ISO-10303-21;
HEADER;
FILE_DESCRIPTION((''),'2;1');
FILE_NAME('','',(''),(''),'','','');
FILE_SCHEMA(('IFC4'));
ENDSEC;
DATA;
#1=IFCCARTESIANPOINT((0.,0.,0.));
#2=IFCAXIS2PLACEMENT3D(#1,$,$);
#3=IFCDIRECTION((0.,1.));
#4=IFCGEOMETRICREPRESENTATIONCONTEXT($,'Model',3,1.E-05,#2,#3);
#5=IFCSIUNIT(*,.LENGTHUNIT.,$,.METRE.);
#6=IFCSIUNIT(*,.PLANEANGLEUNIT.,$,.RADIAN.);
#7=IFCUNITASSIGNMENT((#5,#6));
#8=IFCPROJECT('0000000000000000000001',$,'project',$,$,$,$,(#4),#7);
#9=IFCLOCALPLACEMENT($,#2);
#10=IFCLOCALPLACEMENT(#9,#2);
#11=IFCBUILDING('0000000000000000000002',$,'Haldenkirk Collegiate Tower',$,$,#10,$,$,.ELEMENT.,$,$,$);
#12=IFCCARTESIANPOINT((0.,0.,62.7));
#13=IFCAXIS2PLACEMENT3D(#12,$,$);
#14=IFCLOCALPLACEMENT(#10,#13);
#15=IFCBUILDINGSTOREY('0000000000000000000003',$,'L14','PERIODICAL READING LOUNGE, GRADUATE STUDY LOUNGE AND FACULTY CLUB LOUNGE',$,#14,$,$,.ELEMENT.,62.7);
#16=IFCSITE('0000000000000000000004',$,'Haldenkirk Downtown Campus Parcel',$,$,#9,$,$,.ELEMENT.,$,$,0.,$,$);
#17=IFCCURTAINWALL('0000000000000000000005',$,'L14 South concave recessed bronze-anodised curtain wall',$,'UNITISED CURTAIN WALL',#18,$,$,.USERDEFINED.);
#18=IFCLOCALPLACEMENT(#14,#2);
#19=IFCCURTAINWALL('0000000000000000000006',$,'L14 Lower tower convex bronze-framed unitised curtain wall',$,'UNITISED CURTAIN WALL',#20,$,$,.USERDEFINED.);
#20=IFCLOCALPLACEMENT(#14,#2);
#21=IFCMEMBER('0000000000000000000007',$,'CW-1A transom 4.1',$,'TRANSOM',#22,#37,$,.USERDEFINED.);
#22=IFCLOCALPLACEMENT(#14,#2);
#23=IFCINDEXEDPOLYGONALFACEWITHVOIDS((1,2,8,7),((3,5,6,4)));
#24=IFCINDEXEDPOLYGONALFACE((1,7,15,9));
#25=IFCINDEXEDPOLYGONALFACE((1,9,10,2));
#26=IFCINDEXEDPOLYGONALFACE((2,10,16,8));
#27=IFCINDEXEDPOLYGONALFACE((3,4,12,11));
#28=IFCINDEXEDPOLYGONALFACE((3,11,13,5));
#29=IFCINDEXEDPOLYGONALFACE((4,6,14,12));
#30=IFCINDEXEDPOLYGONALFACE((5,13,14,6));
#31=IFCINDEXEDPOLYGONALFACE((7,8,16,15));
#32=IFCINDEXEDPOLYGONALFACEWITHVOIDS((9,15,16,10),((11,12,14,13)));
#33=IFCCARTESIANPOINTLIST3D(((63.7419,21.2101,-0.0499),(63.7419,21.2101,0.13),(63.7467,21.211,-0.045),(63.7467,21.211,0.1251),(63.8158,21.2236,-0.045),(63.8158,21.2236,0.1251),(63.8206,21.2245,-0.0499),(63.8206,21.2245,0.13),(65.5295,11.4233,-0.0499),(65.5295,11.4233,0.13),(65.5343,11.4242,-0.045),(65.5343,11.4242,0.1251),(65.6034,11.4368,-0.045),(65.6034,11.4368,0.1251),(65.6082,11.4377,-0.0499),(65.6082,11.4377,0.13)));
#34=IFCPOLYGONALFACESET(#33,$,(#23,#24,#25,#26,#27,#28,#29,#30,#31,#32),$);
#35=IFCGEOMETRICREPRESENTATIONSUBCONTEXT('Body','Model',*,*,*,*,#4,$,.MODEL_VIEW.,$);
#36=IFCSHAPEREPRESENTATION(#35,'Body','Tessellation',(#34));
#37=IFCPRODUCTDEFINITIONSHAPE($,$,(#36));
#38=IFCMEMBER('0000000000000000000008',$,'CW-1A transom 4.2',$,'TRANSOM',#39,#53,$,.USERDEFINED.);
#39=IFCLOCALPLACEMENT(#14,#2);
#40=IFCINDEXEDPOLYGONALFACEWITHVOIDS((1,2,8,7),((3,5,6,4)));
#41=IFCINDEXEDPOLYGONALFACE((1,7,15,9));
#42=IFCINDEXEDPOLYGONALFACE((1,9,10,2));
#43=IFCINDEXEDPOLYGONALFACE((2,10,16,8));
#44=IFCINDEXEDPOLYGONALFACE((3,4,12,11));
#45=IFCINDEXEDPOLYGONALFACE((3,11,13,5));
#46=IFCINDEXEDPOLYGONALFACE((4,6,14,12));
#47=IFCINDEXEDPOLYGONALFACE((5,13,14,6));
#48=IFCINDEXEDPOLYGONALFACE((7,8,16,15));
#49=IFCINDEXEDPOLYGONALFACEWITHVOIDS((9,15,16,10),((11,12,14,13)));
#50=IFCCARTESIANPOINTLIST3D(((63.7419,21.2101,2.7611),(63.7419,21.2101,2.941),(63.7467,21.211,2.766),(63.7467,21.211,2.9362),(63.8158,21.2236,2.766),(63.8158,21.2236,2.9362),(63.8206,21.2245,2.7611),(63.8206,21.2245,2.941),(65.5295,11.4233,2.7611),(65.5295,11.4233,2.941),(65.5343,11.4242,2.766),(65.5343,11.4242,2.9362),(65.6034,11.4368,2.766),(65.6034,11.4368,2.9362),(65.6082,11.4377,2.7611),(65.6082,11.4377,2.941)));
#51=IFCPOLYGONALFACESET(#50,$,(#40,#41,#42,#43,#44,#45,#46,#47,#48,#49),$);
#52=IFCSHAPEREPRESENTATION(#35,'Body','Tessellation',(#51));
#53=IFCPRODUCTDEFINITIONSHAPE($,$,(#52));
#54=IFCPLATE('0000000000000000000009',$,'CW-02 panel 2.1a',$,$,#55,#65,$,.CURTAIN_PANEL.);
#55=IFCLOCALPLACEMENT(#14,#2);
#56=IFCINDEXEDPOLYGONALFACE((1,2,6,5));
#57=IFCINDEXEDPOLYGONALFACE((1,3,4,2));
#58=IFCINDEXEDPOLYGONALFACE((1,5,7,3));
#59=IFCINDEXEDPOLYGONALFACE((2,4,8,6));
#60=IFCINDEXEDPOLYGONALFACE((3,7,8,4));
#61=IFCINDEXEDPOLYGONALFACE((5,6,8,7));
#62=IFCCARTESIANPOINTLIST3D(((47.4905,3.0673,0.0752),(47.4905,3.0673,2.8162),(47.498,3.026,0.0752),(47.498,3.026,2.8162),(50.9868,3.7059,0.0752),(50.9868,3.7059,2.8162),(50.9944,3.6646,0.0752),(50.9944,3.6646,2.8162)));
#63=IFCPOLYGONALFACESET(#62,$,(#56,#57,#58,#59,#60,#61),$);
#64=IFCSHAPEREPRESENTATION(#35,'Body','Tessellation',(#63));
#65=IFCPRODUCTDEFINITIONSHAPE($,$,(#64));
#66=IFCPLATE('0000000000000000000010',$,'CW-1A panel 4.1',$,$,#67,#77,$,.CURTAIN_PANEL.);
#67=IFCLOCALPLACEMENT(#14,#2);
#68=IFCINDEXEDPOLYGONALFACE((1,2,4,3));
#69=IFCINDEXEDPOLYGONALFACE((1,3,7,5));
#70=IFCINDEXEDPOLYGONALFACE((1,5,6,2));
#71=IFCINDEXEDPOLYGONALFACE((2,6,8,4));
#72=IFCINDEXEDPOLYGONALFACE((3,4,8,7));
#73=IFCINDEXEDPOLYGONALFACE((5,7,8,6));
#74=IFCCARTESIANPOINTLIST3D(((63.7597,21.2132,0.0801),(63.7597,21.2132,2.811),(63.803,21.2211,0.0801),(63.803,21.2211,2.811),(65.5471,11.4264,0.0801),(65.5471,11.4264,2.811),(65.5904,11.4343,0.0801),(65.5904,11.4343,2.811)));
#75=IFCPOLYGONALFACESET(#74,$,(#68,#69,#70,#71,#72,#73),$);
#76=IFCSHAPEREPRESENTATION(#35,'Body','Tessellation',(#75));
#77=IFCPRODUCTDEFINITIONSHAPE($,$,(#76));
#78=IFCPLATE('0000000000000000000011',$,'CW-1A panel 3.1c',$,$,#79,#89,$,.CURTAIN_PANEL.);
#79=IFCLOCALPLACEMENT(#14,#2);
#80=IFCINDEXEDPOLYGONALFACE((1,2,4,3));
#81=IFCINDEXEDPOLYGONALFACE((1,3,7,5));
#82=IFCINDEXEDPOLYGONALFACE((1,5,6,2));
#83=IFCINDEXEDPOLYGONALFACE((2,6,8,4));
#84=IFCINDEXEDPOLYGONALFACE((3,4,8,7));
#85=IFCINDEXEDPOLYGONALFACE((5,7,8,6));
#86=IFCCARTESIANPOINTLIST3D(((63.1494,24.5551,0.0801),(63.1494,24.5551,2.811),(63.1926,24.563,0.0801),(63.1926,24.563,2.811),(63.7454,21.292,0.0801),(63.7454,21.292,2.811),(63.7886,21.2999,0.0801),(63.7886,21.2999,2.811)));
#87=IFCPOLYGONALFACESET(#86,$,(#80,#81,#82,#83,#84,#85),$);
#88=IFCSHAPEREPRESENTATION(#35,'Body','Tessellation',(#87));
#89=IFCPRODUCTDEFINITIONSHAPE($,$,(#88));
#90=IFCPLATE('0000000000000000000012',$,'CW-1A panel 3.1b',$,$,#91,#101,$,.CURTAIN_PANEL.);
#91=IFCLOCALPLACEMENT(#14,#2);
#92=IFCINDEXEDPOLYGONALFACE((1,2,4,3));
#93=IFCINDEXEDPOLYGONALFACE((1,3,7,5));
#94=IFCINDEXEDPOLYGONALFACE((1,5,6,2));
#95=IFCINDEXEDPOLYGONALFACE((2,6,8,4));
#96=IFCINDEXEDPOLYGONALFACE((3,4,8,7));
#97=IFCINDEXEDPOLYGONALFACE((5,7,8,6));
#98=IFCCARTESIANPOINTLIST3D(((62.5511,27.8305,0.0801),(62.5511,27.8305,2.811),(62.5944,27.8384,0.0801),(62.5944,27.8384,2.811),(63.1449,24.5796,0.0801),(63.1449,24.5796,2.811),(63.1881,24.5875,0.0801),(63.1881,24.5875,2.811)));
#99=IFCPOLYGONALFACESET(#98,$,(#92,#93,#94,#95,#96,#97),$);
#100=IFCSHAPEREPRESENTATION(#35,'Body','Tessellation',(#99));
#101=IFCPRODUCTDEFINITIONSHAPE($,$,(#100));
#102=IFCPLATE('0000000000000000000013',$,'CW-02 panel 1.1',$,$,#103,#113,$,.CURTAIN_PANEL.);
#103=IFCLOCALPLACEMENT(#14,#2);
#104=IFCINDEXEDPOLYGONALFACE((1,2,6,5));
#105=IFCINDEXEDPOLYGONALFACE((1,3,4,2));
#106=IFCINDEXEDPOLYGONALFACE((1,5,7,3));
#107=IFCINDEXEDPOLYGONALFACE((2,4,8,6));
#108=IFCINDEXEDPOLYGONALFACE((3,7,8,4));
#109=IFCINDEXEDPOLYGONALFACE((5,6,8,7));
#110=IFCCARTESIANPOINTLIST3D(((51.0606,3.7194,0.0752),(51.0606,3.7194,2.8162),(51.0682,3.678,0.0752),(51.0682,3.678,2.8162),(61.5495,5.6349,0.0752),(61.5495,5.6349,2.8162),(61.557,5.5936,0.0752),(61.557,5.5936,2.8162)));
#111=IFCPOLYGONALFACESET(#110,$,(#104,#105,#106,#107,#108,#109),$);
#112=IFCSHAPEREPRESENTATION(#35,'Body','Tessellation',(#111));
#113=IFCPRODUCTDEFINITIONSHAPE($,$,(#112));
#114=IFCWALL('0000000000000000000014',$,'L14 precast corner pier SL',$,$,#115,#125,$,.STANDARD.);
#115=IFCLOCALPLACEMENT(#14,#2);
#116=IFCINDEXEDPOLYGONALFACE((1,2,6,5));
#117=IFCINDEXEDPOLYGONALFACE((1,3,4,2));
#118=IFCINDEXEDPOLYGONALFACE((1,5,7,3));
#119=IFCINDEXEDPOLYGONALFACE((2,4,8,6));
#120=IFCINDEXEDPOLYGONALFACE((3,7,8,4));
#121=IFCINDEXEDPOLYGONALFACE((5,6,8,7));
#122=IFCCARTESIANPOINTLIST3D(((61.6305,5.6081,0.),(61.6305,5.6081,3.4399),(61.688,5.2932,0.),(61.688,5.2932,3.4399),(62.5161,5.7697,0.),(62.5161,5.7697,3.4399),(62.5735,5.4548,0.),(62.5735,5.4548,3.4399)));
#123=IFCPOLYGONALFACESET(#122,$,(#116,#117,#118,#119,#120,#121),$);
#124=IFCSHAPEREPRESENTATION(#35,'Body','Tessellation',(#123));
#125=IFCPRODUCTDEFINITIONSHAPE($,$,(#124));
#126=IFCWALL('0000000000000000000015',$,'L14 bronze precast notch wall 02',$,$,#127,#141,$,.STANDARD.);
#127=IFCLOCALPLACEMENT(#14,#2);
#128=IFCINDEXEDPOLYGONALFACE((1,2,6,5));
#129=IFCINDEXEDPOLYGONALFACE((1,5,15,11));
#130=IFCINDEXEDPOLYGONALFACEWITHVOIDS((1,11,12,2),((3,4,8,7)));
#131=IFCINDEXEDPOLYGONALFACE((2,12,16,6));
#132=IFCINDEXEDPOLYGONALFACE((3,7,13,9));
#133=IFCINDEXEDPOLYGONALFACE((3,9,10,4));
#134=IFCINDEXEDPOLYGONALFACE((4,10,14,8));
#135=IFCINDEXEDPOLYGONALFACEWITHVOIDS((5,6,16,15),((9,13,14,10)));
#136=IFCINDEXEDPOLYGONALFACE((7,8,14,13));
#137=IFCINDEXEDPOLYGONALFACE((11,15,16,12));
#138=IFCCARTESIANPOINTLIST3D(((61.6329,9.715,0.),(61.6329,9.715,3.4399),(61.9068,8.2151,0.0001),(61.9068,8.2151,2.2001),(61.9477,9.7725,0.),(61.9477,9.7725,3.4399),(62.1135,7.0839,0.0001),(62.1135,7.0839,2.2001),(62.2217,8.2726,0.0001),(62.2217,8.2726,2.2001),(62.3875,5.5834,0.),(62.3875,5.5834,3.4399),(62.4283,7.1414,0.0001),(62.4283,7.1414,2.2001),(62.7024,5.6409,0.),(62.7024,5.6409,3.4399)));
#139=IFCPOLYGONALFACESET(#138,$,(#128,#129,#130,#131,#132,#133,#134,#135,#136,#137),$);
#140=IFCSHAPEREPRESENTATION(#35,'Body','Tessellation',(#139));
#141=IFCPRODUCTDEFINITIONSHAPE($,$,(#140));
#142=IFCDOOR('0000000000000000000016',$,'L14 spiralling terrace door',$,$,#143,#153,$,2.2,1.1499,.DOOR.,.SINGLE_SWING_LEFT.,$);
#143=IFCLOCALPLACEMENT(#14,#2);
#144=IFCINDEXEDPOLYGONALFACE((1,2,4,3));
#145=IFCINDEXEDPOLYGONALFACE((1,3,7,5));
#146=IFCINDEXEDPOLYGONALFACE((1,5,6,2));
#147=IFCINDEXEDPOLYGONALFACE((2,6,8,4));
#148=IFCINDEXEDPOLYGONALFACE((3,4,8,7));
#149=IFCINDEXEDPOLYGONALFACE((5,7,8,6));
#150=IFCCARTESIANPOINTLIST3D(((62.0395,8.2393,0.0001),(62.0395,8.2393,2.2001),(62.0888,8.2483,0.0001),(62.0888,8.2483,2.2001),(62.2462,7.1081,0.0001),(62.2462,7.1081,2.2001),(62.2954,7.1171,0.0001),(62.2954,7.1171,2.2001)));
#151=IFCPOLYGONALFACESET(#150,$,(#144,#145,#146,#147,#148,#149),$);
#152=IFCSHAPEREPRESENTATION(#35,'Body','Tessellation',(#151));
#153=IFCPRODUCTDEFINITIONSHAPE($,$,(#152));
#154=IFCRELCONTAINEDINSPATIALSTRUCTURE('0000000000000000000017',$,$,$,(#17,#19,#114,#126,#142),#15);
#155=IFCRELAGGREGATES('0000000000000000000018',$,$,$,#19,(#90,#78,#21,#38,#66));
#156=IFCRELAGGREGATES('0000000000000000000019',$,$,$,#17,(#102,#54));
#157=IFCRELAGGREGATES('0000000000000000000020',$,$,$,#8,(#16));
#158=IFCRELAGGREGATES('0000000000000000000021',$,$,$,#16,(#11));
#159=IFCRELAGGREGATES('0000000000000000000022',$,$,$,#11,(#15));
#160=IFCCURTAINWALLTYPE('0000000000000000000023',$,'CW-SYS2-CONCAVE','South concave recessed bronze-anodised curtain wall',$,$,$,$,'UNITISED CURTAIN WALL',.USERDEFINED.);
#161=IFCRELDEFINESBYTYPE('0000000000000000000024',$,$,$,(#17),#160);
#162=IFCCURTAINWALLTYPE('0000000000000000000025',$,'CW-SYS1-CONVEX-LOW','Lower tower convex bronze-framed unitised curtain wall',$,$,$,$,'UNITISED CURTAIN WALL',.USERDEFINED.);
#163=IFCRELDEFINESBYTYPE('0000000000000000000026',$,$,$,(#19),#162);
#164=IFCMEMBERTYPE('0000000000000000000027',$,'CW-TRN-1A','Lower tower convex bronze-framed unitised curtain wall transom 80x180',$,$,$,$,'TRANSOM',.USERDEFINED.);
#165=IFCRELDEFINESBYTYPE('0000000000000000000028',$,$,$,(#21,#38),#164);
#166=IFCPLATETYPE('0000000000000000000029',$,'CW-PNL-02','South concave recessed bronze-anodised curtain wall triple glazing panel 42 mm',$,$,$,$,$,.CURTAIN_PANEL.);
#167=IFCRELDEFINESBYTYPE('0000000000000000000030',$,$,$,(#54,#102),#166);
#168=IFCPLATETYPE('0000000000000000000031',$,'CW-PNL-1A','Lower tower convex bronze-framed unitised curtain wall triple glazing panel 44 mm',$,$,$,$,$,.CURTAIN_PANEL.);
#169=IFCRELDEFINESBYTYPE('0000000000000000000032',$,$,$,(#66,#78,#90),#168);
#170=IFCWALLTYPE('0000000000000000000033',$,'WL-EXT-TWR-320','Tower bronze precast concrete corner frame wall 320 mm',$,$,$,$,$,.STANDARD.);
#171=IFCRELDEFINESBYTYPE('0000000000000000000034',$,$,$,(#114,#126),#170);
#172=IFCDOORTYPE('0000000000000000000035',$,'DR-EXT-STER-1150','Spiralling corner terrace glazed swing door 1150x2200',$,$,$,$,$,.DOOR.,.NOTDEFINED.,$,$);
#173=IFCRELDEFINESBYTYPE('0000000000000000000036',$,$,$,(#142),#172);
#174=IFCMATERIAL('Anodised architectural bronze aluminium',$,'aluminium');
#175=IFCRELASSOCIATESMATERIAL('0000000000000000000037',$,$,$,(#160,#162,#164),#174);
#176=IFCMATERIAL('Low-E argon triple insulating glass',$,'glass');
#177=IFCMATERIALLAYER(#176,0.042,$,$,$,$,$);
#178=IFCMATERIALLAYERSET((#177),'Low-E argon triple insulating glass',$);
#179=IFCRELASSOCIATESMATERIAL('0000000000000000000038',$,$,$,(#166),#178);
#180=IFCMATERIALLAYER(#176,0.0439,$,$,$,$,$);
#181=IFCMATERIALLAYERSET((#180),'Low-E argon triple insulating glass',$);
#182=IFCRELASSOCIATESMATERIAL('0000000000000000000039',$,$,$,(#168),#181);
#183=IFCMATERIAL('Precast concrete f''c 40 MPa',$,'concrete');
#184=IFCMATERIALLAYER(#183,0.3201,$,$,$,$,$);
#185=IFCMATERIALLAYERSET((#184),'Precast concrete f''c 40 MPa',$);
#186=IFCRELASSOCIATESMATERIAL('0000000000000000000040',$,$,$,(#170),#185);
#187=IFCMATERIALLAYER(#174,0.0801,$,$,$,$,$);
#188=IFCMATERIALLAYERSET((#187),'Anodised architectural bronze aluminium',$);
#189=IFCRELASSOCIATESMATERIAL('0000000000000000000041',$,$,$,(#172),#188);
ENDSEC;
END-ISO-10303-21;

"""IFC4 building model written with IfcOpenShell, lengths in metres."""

from ifc_helpers import new_model, si_unit, direction, frame, frame_2d, origin, origin_2d, place, context, subcontext, project, spatial, rectangle, hollow_rectangle, extrude, source, transform, mapped, material, layer, layer_set, material_profile, profile_set, type_object, element, fill, aggregate, save


model = new_model("IFC4")

# Units and contexts
model_context = context("Model", 3, precision=1e-05, world=origin(), true_north=direction((0.0, 1.0)))
body_context = subcontext(model_context, "Body", "Model", "MODEL_VIEW")
ifc_project = project(units=[si_unit("LENGTHUNIT", "METRE"), si_unit("PLANEANGLEUNIT", "RADIAN")], contexts=[model_context])

# Site, building, storey
site_placement = place(None, origin())
site = spatial("IfcSite", under=ifc_project, at=site_placement, Name="Haldenkirk Downtown Campus Parcel", CompositionType="ELEMENT", RefElevation=0.0)
building_placement = place(site_placement, origin())
building = spatial("IfcBuilding", under=site, at=building_placement, Name="Haldenkirk Collegiate Tower", CompositionType="ELEMENT")
storey_placement = place(building_placement, frame((0.0, 0.0, 62.7)))
storey = spatial("IfcBuildingStorey", under=building, at=storey_placement, Name="L14", Description="PERIODICAL READING LOUNGE, GRADUATE STUDY LOUNGE AND FACULTY CLUB LOUNGE", CompositionType="ELEMENT", Elevation=62.7)

# Curtain walls
ifc_material_1 = material(Name="Anodised architectural bronze aluminium", Category="aluminium")
curtain_wall_type_1 = type_object("IfcCurtainWallType", Name="CW-SYS2-CONCAVE", Description="South concave recessed bronze-anodised curtain wall", ElementType="UNITISED CURTAIN WALL", PredefinedType="USERDEFINED", material=ifc_material_1)
curtain_wall_1_placement = place(storey_placement, origin())
curtain_wall_1 = element("IfcCurtainWall", 1, at=curtain_wall_1_placement, inside=storey, type_object=curtain_wall_type_1, Name="L14 South concave recessed bronze-anodised curtain wall", ObjectType="UNITISED CURTAIN WALL", PredefinedType="USERDEFINED")
curtain_wall_type_2 = type_object("IfcCurtainWallType", Name="CW-SYS1-CONVEX-LOW", Description="Lower tower convex bronze-framed unitised curtain wall", ElementType="UNITISED CURTAIN WALL", PredefinedType="USERDEFINED", material=ifc_material_1)
curtain_wall_2_placement = place(storey_placement, origin())
curtain_wall_2 = element("IfcCurtainWall", 2, at=curtain_wall_2_placement, inside=storey, type_object=curtain_wall_type_2, Name="L14 Lower tower convex bronze-framed unitised curtain wall", ObjectType="UNITISED CURTAIN WALL", PredefinedType="USERDEFINED")

# Members
ifc_material_profile_1 = material_profile(ifc_material_1, hollow_rectangle(XDim=0.0801, YDim=0.1799, WallThickness=0.0049, at=origin_2d()), Name="CW-TRN-1A")
ifc_profile_set_1 = profile_set([ifc_material_profile_1], Name="Anodised architectural bronze aluminium")
member_type_1 = type_object("IfcMemberType", Name="CW-TRN-1A", Description="Lower tower convex bronze-framed unitised curtain wall transom 80x180", ElementType="TRANSOM", PredefinedType="USERDEFINED", material=ifc_profile_set_1)
member_1_placement = place(storey_placement, frame((63.7812, 21.2173, 0.04), z_axis=(0.17968, -0.983725, 0.0), x_axis=(0.983725, 0.17968, 0.0)))
member_1 = element("IfcMember", 3, at=member_1_placement, type_object=member_type_1, Name="CW-1A transom 4.1", ObjectType="TRANSOM", PredefinedType="USERDEFINED", context=body_context, shape_type="SweptSolid", body=[
    extrude(hollow_rectangle(XDim=0.0801, YDim=0.1799, WallThickness=0.0049, at=origin_2d()), origin(), (0.0, 0.0, 1.0), 9.9487),
])
member_2_placement = place(storey_placement, frame((63.7812, 21.2173, 2.8511), z_axis=(0.17968, -0.983725, 0.0), x_axis=(0.983725, 0.17968, 0.0)))
member_2 = element("IfcMember", 4, at=member_2_placement, type_object=member_type_1, Name="CW-1A transom 4.2", ObjectType="TRANSOM", PredefinedType="USERDEFINED", context=body_context, shape_type="SweptSolid", body=[
    extrude(hollow_rectangle(XDim=0.0801, YDim=0.1799, WallThickness=0.0049, at=origin_2d()), origin(), (0.0, 0.0, 1.0), 9.9487),
])

# Plates
ifc_material_2 = material(Name="Low-E argon triple insulating glass", Category="glass")
ifc_layer_1 = layer(ifc_material_2, 0.042)
ifc_layer_set_1 = layer_set([ifc_layer_1], Name="Low-E argon triple insulating glass")
plate_type_1 = type_object("IfcPlateType", Name="CW-PNL-02", Description="South concave recessed bronze-anodised curtain wall triple glazing panel 42 mm", PredefinedType="CURTAIN_PANEL", material=ifc_layer_set_1)
shared_shape_1 = source(origin(), body_context, "Body", "SweptSolid", [
    extrude(rectangle(XDim=3.5542, YDim=0.042, at=origin_2d()), origin(), (0.0, 0.0, 1.0), 2.741),
])
plate_1_placement = place(storey_placement, frame((49.2424, 3.366, 0.0752), z_axis=(0.0, 0.0, 1.0), x_axis=(-0.983729, -0.179659, 0.0)))
plate_1 = element("IfcPlate", 5, at=plate_1_placement, type_object=plate_type_1, Name="CW-02 panel 2.1a", PredefinedType="CURTAIN_PANEL", context=body_context, shape_type="MappedRepresentation", body=[
    mapped(shared_shape_1, transform((0.0, 0.0, 0.0), x_axis=(1.0, 0.0, 0.0), y_axis=(0.0, 1.0, 0.0), z_axis=(0.0, 0.0, 1.0), scale=1.0)),
])
ifc_layer_2 = layer(ifc_material_2, 0.0439)
ifc_layer_set_2 = layer_set([ifc_layer_2], Name="Low-E argon triple insulating glass")
plate_type_2 = type_object("IfcPlateType", Name="CW-PNL-1A", Description="Lower tower convex bronze-framed unitised curtain wall triple glazing panel 44 mm", PredefinedType="CURTAIN_PANEL", material=ifc_layer_set_2)
shared_shape_2 = source(origin(), body_context, "Body", "SweptSolid", [
    extrude(rectangle(XDim=9.9487, YDim=0.0439, at=origin_2d()), origin(), (0.0, 0.0, 1.0), 2.731),
])
plate_2_placement = place(storey_placement, frame((64.675, 16.3237, 0.0801), z_axis=(0.0, 0.0, 1.0), x_axis=(0.179663, -0.983728, 0.0)))
plate_2 = element("IfcPlate", 6, at=plate_2_placement, type_object=plate_type_2, Name="CW-1A panel 4.1", PredefinedType="CURTAIN_PANEL", context=body_context, shape_type="MappedRepresentation", body=[
    mapped(shared_shape_2, transform((0.0, 0.0, 0.0), x_axis=(1.0, 0.0, 0.0), y_axis=(0.0, 1.0, 0.0), z_axis=(0.0, 0.0, 1.0), scale=1.0)),
])
shared_shape_3 = source(origin(), body_context, "Body", "SweptSolid", [
    extrude(rectangle(XDim=3.3171, YDim=0.0439, at=origin_2d()), origin(), (0.0, 0.0, 1.0), 2.731),
])
plate_3_placement = place(storey_placement, frame((63.469, 22.9275, 0.0801), z_axis=(0.0, 0.0, 1.0), x_axis=(0.179663, -0.983728, 0.0)))
plate_3 = element("IfcPlate", 7, at=plate_3_placement, type_object=plate_type_2, Name="CW-1A panel 3.1c", PredefinedType="CURTAIN_PANEL", context=body_context, shape_type="MappedRepresentation", body=[
    mapped(shared_shape_3, transform((0.0, 0.0, 0.0), x_axis=(1.0, 0.0, 0.0), y_axis=(0.0, 1.0, 0.0), z_axis=(0.0, 0.0, 1.0), scale=1.0)),
])
shared_shape_4 = source(origin(), body_context, "Body", "SweptSolid", [
    extrude(rectangle(XDim=3.3047, YDim=0.0439, at=origin_2d()), origin(), (0.0, 0.0, 1.0), 2.731),
])
plate_4_placement = place(storey_placement, frame((62.8696, 26.209, 0.0801), z_axis=(0.0, 0.0, 1.0), x_axis=(0.179663, -0.983728, 0.0)))
plate_4 = element("IfcPlate", 8, at=plate_4_placement, type_object=plate_type_2, Name="CW-1A panel 3.1b", PredefinedType="CURTAIN_PANEL", context=body_context, shape_type="MappedRepresentation", body=[
    mapped(shared_shape_4, transform((0.0, 0.0, 0.0), x_axis=(1.0, 0.0, 0.0), y_axis=(0.0, 1.0, 0.0), z_axis=(0.0, 0.0, 1.0), scale=1.0)),
])
aggregate(curtain_wall_2, [plate_4, plate_3, member_1, member_2, plate_2])
shared_shape_5 = source(origin(), body_context, "Body", "SweptSolid", [
    extrude(rectangle(XDim=10.6624, YDim=0.042, at=origin_2d()), origin(), (0.0, 0.0, 1.0), 2.741),
])
plate_5_placement = place(storey_placement, frame((56.3088, 4.6565, 0.0752), z_axis=(0.0, 0.0, 1.0), x_axis=(-0.983729, -0.179659, 0.0)))
plate_5 = element("IfcPlate", 9, at=plate_5_placement, type_object=plate_type_1, Name="CW-02 panel 1.1", PredefinedType="CURTAIN_PANEL", context=body_context, shape_type="MappedRepresentation", body=[
    mapped(shared_shape_5, transform((0.0, 0.0, 0.0), x_axis=(1.0, 0.0, 0.0), y_axis=(0.0, 1.0, 0.0), z_axis=(0.0, 0.0, 1.0), scale=1.0)),
])
aggregate(curtain_wall_1, [plate_5, plate_1])

# Wall
ifc_material_3 = material(Name="Precast concrete f'c 40 MPa", Category="concrete")
ifc_layer_3 = layer(ifc_material_3, 0.3201)
ifc_layer_set_3 = layer_set([ifc_layer_3], Name="Precast concrete f'c 40 MPa")
wall_type_1 = type_object("IfcWallType", Name="WL-EXT-TWR-320", Description="Tower bronze precast concrete corner frame wall 320 mm", PredefinedType="STANDARD", material=ifc_layer_set_3)
wall_1_placement = place(storey_placement, frame((62.5449, 5.6123, 0.0), z_axis=(0.0, 0.0, 1.0), x_axis=(-0.983748, -0.179554, 0.0)))
element("IfcWall", 10, at=wall_1_placement, inside=storey, type_object=wall_type_1, Name="L14 precast corner pier SL", PredefinedType="STANDARD", context=body_context, shape_type="SweptSolid", body=[
    extrude(rectangle(XDim=0.9001, YDim=0.3201, at=frame_2d((0.4502, 0.0))), origin(), (0.0, 0.0, 1.0), 3.4399),
])

# Wall, opening, door
wall_2_placement = place(storey_placement, frame((61.7903, 9.7439, 0.0), z_axis=(0.0, 0.0, 1.0), x_axis=(0.179678, -0.983725, 0.0)))
wall_2 = element("IfcWall", 11, at=wall_2_placement, inside=storey, type_object=wall_type_1, Name="L14 bronze precast notch wall 02", PredefinedType="STANDARD", context=body_context, shape_type="SweptSolid", body=[
    extrude(rectangle(XDim=4.2, YDim=0.3201, at=frame_2d((2.1001, 0.0))), origin(), (0.0, 0.0, 1.0), 3.4399),
])
opening_1_placement = place(wall_2_placement, frame((1.5249, 0.0, 0.0)))
opening_1 = element("IfcOpeningElement", 12, at=opening_1_placement, cuts=wall_2, PredefinedType="OPENING", context=body_context, shape_type="SweptSolid", body=[
    extrude(rectangle(XDim=1.1499, YDim=2.2, at=frame_2d((0.575, 1.1001))), frame((0.0, 0.1699, 0.0), z_axis=(0.0, -1.0, 0.0), x_axis=(1.0, 0.0, 0.0)), (0.0, 0.0, 1.0), 0.3401),
])
ifc_layer_4 = layer(ifc_material_1, 0.0801)
ifc_layer_set_4 = layer_set([ifc_layer_4], Name="Anodised architectural bronze aluminium")
door_type = type_object("IfcDoorType", Name="DR-EXT-STER-1150", Description="Spiralling corner terrace glazed swing door 1150x2200", OperationType="NOTDEFINED", PredefinedType="DOOR", material=ifc_layer_set_4)
door_placement = place(opening_1_placement, origin())
door = element("IfcDoor", 13, at=door_placement, inside=storey, type_object=door_type, Name="L14 spiralling terrace door", OperationType="SINGLE_SWING_LEFT", OverallHeight=2.2, OverallWidth=1.1499, PredefinedType="DOOR", context=body_context, shape_type="SweptSolid", body=[
    extrude(rectangle(XDim=1.1499, YDim=2.2, at=frame_2d((0.575, 1.1001))), frame((0.0, 0.0249, 0.0), z_axis=(0.0, -1.0, 0.0), x_axis=(1.0, 0.0, 0.0)), (0.0, 0.0, 1.0), 0.05),
])
fill(opening_1, door)

save(model, "model.ifc")
